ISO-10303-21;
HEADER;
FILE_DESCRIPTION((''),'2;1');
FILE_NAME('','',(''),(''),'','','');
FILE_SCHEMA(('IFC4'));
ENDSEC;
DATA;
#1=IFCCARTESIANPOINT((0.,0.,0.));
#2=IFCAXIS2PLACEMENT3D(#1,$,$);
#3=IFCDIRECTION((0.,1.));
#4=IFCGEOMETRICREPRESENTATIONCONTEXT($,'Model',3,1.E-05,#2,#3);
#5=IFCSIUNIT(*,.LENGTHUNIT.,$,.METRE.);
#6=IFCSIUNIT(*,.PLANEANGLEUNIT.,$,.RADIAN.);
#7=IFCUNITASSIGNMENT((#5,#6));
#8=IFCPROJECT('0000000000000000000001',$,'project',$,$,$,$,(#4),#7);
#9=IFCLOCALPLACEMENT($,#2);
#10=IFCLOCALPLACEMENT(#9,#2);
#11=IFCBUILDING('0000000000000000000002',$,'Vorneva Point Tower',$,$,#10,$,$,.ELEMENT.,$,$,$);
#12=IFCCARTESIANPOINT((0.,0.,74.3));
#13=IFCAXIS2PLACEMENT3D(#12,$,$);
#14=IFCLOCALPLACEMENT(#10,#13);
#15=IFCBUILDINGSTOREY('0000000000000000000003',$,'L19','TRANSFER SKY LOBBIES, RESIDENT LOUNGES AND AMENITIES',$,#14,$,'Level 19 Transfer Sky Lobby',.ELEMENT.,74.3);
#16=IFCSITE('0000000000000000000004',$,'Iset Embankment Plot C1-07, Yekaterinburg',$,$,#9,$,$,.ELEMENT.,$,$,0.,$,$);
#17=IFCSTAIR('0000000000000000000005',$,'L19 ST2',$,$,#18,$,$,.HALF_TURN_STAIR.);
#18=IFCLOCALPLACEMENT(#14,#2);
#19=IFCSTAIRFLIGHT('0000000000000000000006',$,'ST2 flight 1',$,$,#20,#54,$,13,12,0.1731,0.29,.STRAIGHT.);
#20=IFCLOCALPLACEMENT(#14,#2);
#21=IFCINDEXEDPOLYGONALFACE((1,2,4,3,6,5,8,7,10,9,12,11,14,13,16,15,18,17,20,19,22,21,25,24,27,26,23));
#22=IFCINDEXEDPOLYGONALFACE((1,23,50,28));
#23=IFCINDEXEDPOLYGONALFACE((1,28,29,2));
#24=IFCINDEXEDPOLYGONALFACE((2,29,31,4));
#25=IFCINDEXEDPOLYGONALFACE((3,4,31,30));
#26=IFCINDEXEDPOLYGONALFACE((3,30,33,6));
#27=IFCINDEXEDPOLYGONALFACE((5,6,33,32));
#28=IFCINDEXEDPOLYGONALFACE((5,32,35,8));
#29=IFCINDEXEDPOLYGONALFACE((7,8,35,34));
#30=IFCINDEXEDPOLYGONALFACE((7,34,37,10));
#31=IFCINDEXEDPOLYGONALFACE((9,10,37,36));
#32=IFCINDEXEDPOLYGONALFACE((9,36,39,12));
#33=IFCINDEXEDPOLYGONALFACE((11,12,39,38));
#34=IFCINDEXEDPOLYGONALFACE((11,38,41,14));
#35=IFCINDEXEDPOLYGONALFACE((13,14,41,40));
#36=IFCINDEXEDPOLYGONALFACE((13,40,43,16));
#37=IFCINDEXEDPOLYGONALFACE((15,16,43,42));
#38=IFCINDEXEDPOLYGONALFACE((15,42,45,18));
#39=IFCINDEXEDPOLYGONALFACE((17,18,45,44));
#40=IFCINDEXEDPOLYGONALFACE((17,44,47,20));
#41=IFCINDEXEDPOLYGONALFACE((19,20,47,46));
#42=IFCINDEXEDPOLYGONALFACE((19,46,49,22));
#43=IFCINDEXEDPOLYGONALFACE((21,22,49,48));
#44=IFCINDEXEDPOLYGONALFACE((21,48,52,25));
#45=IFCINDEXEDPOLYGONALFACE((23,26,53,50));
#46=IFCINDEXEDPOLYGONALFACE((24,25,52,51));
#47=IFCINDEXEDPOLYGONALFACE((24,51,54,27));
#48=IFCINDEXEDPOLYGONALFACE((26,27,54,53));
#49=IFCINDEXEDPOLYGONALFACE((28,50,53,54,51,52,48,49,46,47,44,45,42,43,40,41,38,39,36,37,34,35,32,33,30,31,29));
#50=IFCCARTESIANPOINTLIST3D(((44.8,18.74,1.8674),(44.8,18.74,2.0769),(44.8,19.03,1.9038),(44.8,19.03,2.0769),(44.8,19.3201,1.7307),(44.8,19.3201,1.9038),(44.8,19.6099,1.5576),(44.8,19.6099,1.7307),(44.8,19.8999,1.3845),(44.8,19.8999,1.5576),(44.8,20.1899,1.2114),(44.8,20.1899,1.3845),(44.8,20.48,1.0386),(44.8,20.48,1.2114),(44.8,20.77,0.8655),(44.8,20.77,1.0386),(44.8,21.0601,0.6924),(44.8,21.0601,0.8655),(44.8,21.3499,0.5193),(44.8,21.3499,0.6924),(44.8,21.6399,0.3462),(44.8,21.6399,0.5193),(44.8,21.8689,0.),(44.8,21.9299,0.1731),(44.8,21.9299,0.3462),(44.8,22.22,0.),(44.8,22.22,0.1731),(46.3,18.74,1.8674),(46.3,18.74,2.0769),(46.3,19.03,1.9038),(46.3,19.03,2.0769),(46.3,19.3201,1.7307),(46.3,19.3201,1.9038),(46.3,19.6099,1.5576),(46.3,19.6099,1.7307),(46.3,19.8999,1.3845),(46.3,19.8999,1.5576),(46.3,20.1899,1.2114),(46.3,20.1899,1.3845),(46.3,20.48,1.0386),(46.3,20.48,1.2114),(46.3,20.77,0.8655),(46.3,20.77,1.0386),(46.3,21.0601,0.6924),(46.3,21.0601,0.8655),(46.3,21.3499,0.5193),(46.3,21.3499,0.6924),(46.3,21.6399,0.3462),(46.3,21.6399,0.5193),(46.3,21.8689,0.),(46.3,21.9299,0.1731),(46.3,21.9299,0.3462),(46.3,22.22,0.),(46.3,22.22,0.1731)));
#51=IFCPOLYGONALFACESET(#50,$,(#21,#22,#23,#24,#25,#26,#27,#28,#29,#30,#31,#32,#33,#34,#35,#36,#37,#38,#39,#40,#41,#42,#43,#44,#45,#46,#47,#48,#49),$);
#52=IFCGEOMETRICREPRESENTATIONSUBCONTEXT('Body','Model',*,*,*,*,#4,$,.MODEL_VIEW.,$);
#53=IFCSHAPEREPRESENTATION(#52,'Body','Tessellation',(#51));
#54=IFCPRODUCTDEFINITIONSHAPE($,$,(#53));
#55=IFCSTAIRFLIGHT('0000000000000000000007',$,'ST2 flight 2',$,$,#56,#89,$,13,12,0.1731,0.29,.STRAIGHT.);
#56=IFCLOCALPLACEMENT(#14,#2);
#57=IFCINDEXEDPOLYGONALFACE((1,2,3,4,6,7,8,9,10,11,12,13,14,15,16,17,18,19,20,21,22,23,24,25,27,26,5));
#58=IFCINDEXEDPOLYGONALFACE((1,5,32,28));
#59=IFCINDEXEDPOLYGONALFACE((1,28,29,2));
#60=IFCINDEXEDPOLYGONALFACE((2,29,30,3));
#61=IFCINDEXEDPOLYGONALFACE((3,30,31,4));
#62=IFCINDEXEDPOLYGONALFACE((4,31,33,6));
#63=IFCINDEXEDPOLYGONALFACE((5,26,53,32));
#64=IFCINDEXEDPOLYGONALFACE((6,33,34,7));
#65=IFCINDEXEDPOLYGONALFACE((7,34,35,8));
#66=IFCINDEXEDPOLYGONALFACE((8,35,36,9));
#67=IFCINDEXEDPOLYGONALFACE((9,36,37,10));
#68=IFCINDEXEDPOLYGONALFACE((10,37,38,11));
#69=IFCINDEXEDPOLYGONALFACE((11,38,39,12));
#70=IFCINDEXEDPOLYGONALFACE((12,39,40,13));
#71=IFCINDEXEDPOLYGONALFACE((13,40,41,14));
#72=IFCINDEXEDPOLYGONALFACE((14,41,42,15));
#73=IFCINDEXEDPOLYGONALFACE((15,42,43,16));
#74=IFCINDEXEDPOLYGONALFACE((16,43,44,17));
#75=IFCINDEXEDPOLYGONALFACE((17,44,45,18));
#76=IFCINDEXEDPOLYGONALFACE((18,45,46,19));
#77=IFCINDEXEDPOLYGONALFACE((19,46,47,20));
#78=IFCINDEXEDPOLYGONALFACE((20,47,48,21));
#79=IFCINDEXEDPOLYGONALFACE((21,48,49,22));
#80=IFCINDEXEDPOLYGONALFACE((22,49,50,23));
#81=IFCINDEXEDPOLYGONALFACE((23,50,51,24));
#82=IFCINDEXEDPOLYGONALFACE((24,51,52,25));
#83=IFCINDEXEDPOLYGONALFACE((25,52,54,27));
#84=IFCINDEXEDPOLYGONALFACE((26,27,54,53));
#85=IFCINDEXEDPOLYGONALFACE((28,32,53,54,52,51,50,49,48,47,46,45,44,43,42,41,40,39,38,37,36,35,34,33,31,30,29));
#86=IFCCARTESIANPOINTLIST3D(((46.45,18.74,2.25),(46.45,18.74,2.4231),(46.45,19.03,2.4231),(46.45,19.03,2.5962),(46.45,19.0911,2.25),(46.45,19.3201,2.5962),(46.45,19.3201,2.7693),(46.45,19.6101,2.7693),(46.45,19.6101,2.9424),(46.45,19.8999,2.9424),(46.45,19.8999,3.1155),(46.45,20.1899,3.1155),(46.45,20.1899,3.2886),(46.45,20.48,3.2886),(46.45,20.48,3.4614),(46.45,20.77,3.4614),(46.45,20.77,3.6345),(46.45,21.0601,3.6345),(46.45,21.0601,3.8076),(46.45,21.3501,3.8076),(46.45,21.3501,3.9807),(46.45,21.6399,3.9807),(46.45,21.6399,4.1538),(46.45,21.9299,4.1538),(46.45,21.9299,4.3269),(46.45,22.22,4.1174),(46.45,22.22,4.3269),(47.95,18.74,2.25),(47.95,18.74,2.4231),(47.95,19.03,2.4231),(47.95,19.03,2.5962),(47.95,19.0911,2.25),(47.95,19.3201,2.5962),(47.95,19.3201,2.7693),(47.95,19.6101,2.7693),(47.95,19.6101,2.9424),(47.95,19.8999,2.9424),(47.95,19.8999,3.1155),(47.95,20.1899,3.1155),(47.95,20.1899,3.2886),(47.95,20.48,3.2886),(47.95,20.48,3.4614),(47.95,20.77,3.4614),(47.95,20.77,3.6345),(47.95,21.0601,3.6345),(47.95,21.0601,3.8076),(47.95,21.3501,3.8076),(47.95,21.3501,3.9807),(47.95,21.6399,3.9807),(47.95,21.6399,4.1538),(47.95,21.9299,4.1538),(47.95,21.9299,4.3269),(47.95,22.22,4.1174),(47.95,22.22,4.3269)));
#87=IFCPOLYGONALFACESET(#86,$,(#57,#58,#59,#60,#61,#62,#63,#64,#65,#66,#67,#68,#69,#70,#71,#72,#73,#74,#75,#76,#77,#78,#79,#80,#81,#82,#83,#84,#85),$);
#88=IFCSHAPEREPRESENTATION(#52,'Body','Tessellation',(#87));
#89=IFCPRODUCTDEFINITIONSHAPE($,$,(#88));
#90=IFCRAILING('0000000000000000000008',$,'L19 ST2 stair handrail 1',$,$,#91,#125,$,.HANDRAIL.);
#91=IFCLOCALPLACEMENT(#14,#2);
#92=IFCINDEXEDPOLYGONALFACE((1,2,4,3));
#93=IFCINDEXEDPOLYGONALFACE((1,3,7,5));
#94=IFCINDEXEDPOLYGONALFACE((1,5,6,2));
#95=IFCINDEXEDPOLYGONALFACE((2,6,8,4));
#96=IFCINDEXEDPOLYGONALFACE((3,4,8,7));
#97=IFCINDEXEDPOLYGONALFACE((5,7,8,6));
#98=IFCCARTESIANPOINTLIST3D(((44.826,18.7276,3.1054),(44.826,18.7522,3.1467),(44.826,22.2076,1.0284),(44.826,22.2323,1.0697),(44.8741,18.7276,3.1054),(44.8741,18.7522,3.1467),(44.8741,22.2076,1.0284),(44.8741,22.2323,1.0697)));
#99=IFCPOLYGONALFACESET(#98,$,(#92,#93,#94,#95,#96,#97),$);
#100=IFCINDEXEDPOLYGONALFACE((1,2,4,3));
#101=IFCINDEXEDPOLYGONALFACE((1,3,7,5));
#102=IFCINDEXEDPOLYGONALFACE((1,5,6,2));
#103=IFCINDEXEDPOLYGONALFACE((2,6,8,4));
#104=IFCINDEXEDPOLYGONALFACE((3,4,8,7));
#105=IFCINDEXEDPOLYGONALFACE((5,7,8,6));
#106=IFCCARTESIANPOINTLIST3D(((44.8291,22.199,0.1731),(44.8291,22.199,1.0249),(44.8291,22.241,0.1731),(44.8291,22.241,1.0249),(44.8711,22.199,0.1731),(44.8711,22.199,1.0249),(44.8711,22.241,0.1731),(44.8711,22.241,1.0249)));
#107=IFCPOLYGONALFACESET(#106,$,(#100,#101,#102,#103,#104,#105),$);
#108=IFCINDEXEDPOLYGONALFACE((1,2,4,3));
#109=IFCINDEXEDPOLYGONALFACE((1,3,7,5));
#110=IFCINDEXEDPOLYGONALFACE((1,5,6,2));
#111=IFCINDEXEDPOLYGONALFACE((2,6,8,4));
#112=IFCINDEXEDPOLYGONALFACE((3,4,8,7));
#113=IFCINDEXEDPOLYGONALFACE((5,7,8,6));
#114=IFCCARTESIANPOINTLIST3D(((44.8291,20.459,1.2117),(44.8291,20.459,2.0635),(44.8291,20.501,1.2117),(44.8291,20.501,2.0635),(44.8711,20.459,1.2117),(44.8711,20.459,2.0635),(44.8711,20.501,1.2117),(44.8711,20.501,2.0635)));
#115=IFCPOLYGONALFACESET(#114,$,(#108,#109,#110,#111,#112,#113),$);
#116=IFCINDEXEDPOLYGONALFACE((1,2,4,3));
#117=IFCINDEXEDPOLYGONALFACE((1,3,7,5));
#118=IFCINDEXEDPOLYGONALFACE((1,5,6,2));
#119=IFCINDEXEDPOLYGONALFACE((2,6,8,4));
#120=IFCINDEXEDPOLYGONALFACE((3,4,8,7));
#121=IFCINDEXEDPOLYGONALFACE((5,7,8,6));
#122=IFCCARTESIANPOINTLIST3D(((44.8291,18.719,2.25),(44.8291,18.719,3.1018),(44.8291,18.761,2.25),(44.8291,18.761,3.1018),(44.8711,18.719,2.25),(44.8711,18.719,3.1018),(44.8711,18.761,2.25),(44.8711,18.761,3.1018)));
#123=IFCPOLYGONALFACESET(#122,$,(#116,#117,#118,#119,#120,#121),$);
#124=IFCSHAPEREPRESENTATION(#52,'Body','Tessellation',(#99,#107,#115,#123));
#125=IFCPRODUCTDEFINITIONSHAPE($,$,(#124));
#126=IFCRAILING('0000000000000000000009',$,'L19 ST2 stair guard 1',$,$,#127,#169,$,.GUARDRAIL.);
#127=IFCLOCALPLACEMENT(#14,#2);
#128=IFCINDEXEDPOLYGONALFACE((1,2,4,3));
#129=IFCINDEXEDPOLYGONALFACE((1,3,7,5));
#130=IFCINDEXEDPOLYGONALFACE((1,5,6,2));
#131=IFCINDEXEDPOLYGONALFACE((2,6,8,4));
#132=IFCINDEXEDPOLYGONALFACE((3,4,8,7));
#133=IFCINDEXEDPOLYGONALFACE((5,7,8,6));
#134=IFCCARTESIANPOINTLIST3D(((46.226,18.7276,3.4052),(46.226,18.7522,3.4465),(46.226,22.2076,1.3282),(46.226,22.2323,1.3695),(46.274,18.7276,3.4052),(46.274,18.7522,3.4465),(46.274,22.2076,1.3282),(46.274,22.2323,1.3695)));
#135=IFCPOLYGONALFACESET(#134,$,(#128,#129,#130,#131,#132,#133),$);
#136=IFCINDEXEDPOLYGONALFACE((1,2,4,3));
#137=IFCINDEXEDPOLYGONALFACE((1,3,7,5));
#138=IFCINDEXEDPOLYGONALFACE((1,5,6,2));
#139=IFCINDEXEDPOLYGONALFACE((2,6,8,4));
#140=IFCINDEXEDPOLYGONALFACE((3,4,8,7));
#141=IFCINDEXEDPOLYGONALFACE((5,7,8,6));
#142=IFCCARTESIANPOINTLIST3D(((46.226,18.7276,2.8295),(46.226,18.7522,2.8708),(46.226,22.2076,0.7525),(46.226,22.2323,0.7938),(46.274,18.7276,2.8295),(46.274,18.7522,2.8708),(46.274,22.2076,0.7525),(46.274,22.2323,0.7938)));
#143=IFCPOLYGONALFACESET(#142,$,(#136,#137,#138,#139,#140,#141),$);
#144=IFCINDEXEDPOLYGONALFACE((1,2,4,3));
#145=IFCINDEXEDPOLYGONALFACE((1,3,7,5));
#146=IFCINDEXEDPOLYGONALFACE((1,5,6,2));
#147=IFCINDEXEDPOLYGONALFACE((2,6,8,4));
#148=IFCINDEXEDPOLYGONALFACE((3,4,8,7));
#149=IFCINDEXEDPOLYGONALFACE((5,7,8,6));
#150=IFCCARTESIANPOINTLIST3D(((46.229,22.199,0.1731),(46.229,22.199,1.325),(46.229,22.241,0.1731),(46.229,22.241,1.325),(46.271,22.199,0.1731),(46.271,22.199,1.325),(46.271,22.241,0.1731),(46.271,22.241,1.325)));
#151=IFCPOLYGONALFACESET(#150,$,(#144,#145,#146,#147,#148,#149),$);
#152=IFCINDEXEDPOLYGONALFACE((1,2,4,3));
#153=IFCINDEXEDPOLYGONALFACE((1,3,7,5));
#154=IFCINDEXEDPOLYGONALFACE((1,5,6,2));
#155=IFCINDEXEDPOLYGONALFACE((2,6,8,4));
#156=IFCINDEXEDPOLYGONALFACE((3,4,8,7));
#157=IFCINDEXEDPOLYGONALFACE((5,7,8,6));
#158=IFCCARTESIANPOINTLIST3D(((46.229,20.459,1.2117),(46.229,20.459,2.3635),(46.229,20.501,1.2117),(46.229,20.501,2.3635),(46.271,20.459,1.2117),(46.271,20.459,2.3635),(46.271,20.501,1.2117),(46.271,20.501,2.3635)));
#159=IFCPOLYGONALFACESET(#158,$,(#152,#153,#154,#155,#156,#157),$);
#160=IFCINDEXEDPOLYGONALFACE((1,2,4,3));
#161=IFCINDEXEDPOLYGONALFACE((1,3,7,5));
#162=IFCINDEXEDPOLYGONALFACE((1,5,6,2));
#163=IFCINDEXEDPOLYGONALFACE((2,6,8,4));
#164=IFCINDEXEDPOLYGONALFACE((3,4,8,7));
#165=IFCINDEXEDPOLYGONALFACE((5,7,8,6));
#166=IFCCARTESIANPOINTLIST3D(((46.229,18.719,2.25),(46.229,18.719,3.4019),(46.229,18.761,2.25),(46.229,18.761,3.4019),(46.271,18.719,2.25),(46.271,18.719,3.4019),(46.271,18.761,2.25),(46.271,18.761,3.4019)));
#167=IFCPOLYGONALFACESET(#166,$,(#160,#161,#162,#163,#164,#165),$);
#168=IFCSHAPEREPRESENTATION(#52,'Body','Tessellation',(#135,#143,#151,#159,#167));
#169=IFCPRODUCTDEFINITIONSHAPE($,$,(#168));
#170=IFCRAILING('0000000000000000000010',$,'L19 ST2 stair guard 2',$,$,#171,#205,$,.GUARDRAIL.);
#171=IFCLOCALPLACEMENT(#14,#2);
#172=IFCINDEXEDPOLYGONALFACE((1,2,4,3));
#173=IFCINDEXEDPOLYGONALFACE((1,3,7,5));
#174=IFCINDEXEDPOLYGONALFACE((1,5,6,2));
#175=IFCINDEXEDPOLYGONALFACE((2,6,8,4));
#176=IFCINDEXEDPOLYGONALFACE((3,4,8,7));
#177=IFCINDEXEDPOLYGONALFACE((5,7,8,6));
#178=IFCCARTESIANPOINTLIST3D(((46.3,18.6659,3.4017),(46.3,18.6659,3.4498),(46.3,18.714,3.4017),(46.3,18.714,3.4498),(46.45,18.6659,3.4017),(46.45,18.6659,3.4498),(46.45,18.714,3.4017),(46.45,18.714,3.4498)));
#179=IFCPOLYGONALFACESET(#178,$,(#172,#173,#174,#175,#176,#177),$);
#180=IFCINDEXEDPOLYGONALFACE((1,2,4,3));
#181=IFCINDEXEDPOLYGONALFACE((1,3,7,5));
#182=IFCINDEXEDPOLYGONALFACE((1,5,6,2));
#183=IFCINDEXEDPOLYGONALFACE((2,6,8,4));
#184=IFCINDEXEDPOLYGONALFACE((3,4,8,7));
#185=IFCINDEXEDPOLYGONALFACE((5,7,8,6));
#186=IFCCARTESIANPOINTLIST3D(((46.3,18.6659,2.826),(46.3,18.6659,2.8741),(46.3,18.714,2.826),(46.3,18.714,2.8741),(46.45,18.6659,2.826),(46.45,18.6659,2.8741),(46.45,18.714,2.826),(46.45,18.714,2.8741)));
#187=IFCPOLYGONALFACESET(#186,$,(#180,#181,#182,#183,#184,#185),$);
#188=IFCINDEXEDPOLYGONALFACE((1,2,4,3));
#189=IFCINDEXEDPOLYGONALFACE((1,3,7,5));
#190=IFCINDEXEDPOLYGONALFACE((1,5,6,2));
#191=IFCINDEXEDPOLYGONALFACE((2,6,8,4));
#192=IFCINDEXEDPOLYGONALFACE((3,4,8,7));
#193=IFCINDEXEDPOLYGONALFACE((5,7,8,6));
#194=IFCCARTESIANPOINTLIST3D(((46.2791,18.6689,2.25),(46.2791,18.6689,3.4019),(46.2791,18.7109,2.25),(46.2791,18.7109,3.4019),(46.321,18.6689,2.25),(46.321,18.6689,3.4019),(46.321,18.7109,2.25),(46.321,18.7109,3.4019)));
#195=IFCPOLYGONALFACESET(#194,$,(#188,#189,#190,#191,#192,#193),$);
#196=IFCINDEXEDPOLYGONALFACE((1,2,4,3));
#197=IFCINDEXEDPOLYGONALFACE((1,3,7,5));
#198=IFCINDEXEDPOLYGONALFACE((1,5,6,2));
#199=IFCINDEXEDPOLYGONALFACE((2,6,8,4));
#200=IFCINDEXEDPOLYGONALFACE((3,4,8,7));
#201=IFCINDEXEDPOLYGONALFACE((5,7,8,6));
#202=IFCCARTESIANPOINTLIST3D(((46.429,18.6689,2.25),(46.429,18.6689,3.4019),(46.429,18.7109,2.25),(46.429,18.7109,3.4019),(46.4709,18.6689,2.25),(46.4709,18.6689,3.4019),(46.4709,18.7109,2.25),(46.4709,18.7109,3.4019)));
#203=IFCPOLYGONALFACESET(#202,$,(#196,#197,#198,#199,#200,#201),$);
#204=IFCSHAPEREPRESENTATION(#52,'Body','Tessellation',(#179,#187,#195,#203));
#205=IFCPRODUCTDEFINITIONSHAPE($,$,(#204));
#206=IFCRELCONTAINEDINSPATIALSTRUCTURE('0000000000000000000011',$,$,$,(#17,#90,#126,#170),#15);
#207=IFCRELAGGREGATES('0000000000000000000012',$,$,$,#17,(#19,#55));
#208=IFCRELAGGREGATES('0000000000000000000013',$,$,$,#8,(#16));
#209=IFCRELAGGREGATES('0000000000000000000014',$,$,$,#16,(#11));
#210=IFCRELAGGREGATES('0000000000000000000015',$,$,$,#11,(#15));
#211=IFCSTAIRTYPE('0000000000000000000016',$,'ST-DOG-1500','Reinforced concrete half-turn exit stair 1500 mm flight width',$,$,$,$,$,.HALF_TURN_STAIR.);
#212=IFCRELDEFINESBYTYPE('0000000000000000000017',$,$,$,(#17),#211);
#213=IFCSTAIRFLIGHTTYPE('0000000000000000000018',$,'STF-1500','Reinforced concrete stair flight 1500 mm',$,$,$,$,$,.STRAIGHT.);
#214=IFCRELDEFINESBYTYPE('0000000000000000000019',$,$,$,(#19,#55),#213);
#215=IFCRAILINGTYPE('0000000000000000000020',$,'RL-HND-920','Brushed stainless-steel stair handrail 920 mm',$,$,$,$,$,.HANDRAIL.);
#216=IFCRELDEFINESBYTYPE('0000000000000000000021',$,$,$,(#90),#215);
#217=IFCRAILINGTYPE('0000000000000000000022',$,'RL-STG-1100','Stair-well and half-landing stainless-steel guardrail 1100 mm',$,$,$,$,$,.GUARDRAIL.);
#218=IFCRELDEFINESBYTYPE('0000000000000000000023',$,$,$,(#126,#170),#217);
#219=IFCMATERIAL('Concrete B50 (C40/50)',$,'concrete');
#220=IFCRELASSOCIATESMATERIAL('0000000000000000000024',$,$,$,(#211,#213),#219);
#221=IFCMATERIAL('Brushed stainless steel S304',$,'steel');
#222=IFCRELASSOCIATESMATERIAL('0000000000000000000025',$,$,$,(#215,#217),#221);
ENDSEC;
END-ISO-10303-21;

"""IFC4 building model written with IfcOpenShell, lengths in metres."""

from ifc_helpers import new_model, si_unit, direction, frame, origin, origin_2d, place, context, subcontext, project, spatial, polyline, rectangle, outline, extrude, material, type_object, element, aggregate, save


model = new_model("IFC4")

# Units and contexts
model_context = context("Model", 3, precision=1e-05, world=origin(), true_north=direction((0.0, 1.0)))
body_context = subcontext(model_context, "Body", "Model", "MODEL_VIEW")
ifc_project = project(units=[si_unit("LENGTHUNIT", "METRE"), si_unit("PLANEANGLEUNIT", "RADIAN")], contexts=[model_context])

# Site, building, storey
site_placement = place(None, origin())
site = spatial("IfcSite", under=ifc_project, at=site_placement, Name="Iset Embankment Plot C1-07, Yekaterinburg", CompositionType="ELEMENT", RefElevation=0.0)
building_placement = place(site_placement, origin())
building = spatial("IfcBuilding", under=site, at=building_placement, Name="Vorneva Point Tower", CompositionType="ELEMENT")
storey_placement = place(building_placement, frame((0.0, 0.0, 74.3)))
storey = spatial("IfcBuildingStorey", under=building, at=storey_placement, Name="L19", Description="TRANSFER SKY LOBBIES, RESIDENT LOUNGES AND AMENITIES", LongName="Level 19 Transfer Sky Lobby", CompositionType="ELEMENT", Elevation=74.3)

# Shared definitions
ifc_material_1 = material(Name="Concrete B50 (C40/50)", Category="concrete")

# Stair, stair flights
stair_type = type_object("IfcStairType", Name="ST-DOG-1500", Description="Reinforced concrete half-turn exit stair 1500 mm flight width", PredefinedType="HALF_TURN_STAIR", material=ifc_material_1)
stair_placement = place(storey_placement, origin())
stair = element("IfcStair", 1, at=stair_placement, inside=storey, type_object=stair_type, Name="L19 ST2", PredefinedType="HALF_TURN_STAIR")
stair_flight_type = type_object("IfcStairFlightType", Name="STF-1500", Description="Reinforced concrete stair flight 1500 mm", PredefinedType="STRAIGHT", material=ifc_material_1)
stair_flight_1_placement = place(storey_placement, frame((45.55, 22.22, 0.0), z_axis=(0.0, 0.0, 1.0), x_axis=(0.0, -1.0, 0.0)))
stair_flight_1 = element("IfcStairFlight", 2, at=stair_flight_1_placement, type_object=stair_flight_type, Name="ST2 flight 1", NumberOfRisers=13, NumberOfTreads=12, PredefinedType="STRAIGHT", RiserHeight=0.1731, TreadLength=0.29, context=body_context, shape_type="SweptSolid", body=[
    extrude(outline(polyline([(0.0, 0.0), (0.0, 0.1731), (0.29, 0.1731), (0.29, 0.3462), (0.5801, 0.3462), (0.5801, 0.5193), (0.8701, 0.5193), (0.8701, 0.6924), (1.1599, 0.6924), (1.1599, 0.8655), (1.45, 0.8655), (1.45, 1.0386), (1.74, 1.0386), (1.74, 1.2114), (2.03, 1.2114), (2.03, 1.3845), (2.3201, 1.3845), (2.3201, 1.5576), (2.6101, 1.5576), (2.6101, 1.7307), (2.8999, 1.7307), (2.8999, 1.9038), (3.1899, 1.9038), (3.1899, 2.0769), (3.48, 2.0769), (3.48, 2.25), (3.48, 1.8674), (0.3511, 0.0), (0.0, 0.0)])), frame((0.0, 0.75, 0.0), z_axis=(0.0, -1.0, 0.0), x_axis=(1.0, 0.0, 0.0)), (0.0, 0.0, 1.0), 1.5),
])
stair_flight_2_placement = place(storey_placement, frame((47.2, 18.74, 2.25), z_axis=(0.0, 0.0, 1.0), x_axis=(0.0, 1.0, 0.0)))
stair_flight_2 = element("IfcStairFlight", 3, at=stair_flight_2_placement, type_object=stair_flight_type, Name="ST2 flight 2", NumberOfRisers=13, NumberOfTreads=12, PredefinedType="STRAIGHT", RiserHeight=0.1731, TreadLength=0.29, context=body_context, shape_type="SweptSolid", body=[
    extrude(outline(polyline([(0.0, 0.0), (0.0, 0.1731), (0.29, 0.1731), (0.29, 0.3462), (0.5801, 0.3462), (0.5801, 0.5193), (0.8701, 0.5193), (0.8701, 0.6924), (1.1599, 0.6924), (1.1599, 0.8655), (1.45, 0.8655), (1.45, 1.0386), (1.74, 1.0386), (1.74, 1.2114), (2.03, 1.2114), (2.03, 1.3845), (2.3201, 1.3845), (2.3201, 1.5576), (2.6101, 1.5576), (2.6101, 1.7307), (2.8999, 1.7307), (2.8999, 1.9038), (3.1899, 1.9038), (3.1899, 2.0769), (3.48, 2.0769), (3.48, 2.25), (3.48, 1.8674), (0.3511, 0.0), (0.0, 0.0)])), frame((0.0, 0.75, 0.0), z_axis=(0.0, -1.0, 0.0), x_axis=(1.0, 0.0, 0.0)), (0.0, 0.0, 1.0), 1.5),
])
aggregate(stair, [stair_flight_1, stair_flight_2])

# Railings
ifc_material_2 = material(Name="Brushed stainless steel S304", Category="steel")
railing_type_1 = type_object("IfcRailingType", Name="RL-HND-920", Description="Brushed stainless-steel stair handrail 920 mm", PredefinedType="HANDRAIL", material=ifc_material_2)
railing_1_placement = place(storey_placement, frame((44.8501, 22.22, 0.1731)))
element("IfcRailing", 4, at=railing_1_placement, inside=storey, type_object=railing_type_1, Name="L19 ST2 stair handrail 1", PredefinedType="HANDRAIL", context=body_context, shape_type="SweptSolid", body=[
    extrude(rectangle(XDim=0.0481, YDim=0.0481, at=origin_2d()), frame((0.0, 0.0, 0.876), z_axis=(0.0, -0.858697, 0.512483), x_axis=(1.0, 0.0, 0.0)), (0.0, 0.0, 1.0), 4.0527),
    extrude(rectangle(XDim=0.042, YDim=0.042, at=origin_2d()), origin(), (0.0, 0.0, 1.0), 0.8518),
    extrude(rectangle(XDim=0.042, YDim=0.042, at=origin_2d()), frame((0.0, -1.74, 1.0386)), (0.0, 0.0, 1.0), 0.8518),
    extrude(rectangle(XDim=0.042, YDim=0.042, at=origin_2d()), frame((0.0, -3.48, 2.0769)), (0.0, 0.0, 1.0), 0.8518),
])
railing_type_2 = type_object("IfcRailingType", Name="RL-STG-1100", Description="Stair-well and half-landing stainless-steel guardrail 1100 mm", PredefinedType="GUARDRAIL", material=ifc_material_2)
railing_2_placement = place(storey_placement, frame((46.25, 22.22, 0.1731)))
element("IfcRailing", 5, at=railing_2_placement, inside=storey, type_object=railing_type_2, Name="L19 ST2 stair guard 1", PredefinedType="GUARDRAIL", context=body_context, shape_type="SweptSolid", body=[
    extrude(rectangle(XDim=0.0481, YDim=0.0481, at=origin_2d()), frame((0.0, 0.0, 1.1758), z_axis=(0.0, -0.858697, 0.512483), x_axis=(1.0, 0.0, 0.0)), (0.0, 0.0, 1.0), 4.0527),
    extrude(rectangle(XDim=0.0481, YDim=0.0481, at=origin_2d()), frame((0.0, 0.0, 0.6001), z_axis=(0.0, -0.858697, 0.512483), x_axis=(1.0, 0.0, 0.0)), (0.0, 0.0, 1.0), 4.0527),
    extrude(rectangle(XDim=0.042, YDim=0.042, at=origin_2d()), origin(), (0.0, 0.0, 1.0), 1.1519),
    extrude(rectangle(XDim=0.042, YDim=0.042, at=origin_2d()), frame((0.0, -1.74, 1.0386)), (0.0, 0.0, 1.0), 1.1519),
    extrude(rectangle(XDim=0.042, YDim=0.042, at=origin_2d()), frame((0.0, -3.48, 2.0769)), (0.0, 0.0, 1.0), 1.1519),
])
railing_3_placement = place(storey_placement, frame((46.3, 18.6899, 2.25)))
element("IfcRailing", 6, at=railing_3_placement, inside=storey, type_object=railing_type_2, Name="L19 ST2 stair guard 2", PredefinedType="GUARDRAIL", context=body_context, shape_type="SweptSolid", body=[
    extrude(rectangle(XDim=0.0481, YDim=0.0481, at=origin_2d()), frame((0.0, 0.0, 1.1758), z_axis=(1.0, 0.0, 0.0), x_axis=(0.0, 1.0, 0.0)), (0.0, 0.0, 1.0), 0.1499),
    extrude(rectangle(XDim=0.0481, YDim=0.0481, at=origin_2d()), frame((0.0, 0.0, 0.6001), z_axis=(1.0, 0.0, 0.0), x_axis=(0.0, 1.0, 0.0)), (0.0, 0.0, 1.0), 0.1499),
    extrude(rectangle(XDim=0.042, YDim=0.042, at=origin_2d()), origin(), (0.0, 0.0, 1.0), 1.1519),
    extrude(rectangle(XDim=0.042, YDim=0.042, at=origin_2d()), frame((0.1499, 0.0, 0.0)), (0.0, 0.0, 1.0), 1.1519),
])

save(model, "model.ifc")
